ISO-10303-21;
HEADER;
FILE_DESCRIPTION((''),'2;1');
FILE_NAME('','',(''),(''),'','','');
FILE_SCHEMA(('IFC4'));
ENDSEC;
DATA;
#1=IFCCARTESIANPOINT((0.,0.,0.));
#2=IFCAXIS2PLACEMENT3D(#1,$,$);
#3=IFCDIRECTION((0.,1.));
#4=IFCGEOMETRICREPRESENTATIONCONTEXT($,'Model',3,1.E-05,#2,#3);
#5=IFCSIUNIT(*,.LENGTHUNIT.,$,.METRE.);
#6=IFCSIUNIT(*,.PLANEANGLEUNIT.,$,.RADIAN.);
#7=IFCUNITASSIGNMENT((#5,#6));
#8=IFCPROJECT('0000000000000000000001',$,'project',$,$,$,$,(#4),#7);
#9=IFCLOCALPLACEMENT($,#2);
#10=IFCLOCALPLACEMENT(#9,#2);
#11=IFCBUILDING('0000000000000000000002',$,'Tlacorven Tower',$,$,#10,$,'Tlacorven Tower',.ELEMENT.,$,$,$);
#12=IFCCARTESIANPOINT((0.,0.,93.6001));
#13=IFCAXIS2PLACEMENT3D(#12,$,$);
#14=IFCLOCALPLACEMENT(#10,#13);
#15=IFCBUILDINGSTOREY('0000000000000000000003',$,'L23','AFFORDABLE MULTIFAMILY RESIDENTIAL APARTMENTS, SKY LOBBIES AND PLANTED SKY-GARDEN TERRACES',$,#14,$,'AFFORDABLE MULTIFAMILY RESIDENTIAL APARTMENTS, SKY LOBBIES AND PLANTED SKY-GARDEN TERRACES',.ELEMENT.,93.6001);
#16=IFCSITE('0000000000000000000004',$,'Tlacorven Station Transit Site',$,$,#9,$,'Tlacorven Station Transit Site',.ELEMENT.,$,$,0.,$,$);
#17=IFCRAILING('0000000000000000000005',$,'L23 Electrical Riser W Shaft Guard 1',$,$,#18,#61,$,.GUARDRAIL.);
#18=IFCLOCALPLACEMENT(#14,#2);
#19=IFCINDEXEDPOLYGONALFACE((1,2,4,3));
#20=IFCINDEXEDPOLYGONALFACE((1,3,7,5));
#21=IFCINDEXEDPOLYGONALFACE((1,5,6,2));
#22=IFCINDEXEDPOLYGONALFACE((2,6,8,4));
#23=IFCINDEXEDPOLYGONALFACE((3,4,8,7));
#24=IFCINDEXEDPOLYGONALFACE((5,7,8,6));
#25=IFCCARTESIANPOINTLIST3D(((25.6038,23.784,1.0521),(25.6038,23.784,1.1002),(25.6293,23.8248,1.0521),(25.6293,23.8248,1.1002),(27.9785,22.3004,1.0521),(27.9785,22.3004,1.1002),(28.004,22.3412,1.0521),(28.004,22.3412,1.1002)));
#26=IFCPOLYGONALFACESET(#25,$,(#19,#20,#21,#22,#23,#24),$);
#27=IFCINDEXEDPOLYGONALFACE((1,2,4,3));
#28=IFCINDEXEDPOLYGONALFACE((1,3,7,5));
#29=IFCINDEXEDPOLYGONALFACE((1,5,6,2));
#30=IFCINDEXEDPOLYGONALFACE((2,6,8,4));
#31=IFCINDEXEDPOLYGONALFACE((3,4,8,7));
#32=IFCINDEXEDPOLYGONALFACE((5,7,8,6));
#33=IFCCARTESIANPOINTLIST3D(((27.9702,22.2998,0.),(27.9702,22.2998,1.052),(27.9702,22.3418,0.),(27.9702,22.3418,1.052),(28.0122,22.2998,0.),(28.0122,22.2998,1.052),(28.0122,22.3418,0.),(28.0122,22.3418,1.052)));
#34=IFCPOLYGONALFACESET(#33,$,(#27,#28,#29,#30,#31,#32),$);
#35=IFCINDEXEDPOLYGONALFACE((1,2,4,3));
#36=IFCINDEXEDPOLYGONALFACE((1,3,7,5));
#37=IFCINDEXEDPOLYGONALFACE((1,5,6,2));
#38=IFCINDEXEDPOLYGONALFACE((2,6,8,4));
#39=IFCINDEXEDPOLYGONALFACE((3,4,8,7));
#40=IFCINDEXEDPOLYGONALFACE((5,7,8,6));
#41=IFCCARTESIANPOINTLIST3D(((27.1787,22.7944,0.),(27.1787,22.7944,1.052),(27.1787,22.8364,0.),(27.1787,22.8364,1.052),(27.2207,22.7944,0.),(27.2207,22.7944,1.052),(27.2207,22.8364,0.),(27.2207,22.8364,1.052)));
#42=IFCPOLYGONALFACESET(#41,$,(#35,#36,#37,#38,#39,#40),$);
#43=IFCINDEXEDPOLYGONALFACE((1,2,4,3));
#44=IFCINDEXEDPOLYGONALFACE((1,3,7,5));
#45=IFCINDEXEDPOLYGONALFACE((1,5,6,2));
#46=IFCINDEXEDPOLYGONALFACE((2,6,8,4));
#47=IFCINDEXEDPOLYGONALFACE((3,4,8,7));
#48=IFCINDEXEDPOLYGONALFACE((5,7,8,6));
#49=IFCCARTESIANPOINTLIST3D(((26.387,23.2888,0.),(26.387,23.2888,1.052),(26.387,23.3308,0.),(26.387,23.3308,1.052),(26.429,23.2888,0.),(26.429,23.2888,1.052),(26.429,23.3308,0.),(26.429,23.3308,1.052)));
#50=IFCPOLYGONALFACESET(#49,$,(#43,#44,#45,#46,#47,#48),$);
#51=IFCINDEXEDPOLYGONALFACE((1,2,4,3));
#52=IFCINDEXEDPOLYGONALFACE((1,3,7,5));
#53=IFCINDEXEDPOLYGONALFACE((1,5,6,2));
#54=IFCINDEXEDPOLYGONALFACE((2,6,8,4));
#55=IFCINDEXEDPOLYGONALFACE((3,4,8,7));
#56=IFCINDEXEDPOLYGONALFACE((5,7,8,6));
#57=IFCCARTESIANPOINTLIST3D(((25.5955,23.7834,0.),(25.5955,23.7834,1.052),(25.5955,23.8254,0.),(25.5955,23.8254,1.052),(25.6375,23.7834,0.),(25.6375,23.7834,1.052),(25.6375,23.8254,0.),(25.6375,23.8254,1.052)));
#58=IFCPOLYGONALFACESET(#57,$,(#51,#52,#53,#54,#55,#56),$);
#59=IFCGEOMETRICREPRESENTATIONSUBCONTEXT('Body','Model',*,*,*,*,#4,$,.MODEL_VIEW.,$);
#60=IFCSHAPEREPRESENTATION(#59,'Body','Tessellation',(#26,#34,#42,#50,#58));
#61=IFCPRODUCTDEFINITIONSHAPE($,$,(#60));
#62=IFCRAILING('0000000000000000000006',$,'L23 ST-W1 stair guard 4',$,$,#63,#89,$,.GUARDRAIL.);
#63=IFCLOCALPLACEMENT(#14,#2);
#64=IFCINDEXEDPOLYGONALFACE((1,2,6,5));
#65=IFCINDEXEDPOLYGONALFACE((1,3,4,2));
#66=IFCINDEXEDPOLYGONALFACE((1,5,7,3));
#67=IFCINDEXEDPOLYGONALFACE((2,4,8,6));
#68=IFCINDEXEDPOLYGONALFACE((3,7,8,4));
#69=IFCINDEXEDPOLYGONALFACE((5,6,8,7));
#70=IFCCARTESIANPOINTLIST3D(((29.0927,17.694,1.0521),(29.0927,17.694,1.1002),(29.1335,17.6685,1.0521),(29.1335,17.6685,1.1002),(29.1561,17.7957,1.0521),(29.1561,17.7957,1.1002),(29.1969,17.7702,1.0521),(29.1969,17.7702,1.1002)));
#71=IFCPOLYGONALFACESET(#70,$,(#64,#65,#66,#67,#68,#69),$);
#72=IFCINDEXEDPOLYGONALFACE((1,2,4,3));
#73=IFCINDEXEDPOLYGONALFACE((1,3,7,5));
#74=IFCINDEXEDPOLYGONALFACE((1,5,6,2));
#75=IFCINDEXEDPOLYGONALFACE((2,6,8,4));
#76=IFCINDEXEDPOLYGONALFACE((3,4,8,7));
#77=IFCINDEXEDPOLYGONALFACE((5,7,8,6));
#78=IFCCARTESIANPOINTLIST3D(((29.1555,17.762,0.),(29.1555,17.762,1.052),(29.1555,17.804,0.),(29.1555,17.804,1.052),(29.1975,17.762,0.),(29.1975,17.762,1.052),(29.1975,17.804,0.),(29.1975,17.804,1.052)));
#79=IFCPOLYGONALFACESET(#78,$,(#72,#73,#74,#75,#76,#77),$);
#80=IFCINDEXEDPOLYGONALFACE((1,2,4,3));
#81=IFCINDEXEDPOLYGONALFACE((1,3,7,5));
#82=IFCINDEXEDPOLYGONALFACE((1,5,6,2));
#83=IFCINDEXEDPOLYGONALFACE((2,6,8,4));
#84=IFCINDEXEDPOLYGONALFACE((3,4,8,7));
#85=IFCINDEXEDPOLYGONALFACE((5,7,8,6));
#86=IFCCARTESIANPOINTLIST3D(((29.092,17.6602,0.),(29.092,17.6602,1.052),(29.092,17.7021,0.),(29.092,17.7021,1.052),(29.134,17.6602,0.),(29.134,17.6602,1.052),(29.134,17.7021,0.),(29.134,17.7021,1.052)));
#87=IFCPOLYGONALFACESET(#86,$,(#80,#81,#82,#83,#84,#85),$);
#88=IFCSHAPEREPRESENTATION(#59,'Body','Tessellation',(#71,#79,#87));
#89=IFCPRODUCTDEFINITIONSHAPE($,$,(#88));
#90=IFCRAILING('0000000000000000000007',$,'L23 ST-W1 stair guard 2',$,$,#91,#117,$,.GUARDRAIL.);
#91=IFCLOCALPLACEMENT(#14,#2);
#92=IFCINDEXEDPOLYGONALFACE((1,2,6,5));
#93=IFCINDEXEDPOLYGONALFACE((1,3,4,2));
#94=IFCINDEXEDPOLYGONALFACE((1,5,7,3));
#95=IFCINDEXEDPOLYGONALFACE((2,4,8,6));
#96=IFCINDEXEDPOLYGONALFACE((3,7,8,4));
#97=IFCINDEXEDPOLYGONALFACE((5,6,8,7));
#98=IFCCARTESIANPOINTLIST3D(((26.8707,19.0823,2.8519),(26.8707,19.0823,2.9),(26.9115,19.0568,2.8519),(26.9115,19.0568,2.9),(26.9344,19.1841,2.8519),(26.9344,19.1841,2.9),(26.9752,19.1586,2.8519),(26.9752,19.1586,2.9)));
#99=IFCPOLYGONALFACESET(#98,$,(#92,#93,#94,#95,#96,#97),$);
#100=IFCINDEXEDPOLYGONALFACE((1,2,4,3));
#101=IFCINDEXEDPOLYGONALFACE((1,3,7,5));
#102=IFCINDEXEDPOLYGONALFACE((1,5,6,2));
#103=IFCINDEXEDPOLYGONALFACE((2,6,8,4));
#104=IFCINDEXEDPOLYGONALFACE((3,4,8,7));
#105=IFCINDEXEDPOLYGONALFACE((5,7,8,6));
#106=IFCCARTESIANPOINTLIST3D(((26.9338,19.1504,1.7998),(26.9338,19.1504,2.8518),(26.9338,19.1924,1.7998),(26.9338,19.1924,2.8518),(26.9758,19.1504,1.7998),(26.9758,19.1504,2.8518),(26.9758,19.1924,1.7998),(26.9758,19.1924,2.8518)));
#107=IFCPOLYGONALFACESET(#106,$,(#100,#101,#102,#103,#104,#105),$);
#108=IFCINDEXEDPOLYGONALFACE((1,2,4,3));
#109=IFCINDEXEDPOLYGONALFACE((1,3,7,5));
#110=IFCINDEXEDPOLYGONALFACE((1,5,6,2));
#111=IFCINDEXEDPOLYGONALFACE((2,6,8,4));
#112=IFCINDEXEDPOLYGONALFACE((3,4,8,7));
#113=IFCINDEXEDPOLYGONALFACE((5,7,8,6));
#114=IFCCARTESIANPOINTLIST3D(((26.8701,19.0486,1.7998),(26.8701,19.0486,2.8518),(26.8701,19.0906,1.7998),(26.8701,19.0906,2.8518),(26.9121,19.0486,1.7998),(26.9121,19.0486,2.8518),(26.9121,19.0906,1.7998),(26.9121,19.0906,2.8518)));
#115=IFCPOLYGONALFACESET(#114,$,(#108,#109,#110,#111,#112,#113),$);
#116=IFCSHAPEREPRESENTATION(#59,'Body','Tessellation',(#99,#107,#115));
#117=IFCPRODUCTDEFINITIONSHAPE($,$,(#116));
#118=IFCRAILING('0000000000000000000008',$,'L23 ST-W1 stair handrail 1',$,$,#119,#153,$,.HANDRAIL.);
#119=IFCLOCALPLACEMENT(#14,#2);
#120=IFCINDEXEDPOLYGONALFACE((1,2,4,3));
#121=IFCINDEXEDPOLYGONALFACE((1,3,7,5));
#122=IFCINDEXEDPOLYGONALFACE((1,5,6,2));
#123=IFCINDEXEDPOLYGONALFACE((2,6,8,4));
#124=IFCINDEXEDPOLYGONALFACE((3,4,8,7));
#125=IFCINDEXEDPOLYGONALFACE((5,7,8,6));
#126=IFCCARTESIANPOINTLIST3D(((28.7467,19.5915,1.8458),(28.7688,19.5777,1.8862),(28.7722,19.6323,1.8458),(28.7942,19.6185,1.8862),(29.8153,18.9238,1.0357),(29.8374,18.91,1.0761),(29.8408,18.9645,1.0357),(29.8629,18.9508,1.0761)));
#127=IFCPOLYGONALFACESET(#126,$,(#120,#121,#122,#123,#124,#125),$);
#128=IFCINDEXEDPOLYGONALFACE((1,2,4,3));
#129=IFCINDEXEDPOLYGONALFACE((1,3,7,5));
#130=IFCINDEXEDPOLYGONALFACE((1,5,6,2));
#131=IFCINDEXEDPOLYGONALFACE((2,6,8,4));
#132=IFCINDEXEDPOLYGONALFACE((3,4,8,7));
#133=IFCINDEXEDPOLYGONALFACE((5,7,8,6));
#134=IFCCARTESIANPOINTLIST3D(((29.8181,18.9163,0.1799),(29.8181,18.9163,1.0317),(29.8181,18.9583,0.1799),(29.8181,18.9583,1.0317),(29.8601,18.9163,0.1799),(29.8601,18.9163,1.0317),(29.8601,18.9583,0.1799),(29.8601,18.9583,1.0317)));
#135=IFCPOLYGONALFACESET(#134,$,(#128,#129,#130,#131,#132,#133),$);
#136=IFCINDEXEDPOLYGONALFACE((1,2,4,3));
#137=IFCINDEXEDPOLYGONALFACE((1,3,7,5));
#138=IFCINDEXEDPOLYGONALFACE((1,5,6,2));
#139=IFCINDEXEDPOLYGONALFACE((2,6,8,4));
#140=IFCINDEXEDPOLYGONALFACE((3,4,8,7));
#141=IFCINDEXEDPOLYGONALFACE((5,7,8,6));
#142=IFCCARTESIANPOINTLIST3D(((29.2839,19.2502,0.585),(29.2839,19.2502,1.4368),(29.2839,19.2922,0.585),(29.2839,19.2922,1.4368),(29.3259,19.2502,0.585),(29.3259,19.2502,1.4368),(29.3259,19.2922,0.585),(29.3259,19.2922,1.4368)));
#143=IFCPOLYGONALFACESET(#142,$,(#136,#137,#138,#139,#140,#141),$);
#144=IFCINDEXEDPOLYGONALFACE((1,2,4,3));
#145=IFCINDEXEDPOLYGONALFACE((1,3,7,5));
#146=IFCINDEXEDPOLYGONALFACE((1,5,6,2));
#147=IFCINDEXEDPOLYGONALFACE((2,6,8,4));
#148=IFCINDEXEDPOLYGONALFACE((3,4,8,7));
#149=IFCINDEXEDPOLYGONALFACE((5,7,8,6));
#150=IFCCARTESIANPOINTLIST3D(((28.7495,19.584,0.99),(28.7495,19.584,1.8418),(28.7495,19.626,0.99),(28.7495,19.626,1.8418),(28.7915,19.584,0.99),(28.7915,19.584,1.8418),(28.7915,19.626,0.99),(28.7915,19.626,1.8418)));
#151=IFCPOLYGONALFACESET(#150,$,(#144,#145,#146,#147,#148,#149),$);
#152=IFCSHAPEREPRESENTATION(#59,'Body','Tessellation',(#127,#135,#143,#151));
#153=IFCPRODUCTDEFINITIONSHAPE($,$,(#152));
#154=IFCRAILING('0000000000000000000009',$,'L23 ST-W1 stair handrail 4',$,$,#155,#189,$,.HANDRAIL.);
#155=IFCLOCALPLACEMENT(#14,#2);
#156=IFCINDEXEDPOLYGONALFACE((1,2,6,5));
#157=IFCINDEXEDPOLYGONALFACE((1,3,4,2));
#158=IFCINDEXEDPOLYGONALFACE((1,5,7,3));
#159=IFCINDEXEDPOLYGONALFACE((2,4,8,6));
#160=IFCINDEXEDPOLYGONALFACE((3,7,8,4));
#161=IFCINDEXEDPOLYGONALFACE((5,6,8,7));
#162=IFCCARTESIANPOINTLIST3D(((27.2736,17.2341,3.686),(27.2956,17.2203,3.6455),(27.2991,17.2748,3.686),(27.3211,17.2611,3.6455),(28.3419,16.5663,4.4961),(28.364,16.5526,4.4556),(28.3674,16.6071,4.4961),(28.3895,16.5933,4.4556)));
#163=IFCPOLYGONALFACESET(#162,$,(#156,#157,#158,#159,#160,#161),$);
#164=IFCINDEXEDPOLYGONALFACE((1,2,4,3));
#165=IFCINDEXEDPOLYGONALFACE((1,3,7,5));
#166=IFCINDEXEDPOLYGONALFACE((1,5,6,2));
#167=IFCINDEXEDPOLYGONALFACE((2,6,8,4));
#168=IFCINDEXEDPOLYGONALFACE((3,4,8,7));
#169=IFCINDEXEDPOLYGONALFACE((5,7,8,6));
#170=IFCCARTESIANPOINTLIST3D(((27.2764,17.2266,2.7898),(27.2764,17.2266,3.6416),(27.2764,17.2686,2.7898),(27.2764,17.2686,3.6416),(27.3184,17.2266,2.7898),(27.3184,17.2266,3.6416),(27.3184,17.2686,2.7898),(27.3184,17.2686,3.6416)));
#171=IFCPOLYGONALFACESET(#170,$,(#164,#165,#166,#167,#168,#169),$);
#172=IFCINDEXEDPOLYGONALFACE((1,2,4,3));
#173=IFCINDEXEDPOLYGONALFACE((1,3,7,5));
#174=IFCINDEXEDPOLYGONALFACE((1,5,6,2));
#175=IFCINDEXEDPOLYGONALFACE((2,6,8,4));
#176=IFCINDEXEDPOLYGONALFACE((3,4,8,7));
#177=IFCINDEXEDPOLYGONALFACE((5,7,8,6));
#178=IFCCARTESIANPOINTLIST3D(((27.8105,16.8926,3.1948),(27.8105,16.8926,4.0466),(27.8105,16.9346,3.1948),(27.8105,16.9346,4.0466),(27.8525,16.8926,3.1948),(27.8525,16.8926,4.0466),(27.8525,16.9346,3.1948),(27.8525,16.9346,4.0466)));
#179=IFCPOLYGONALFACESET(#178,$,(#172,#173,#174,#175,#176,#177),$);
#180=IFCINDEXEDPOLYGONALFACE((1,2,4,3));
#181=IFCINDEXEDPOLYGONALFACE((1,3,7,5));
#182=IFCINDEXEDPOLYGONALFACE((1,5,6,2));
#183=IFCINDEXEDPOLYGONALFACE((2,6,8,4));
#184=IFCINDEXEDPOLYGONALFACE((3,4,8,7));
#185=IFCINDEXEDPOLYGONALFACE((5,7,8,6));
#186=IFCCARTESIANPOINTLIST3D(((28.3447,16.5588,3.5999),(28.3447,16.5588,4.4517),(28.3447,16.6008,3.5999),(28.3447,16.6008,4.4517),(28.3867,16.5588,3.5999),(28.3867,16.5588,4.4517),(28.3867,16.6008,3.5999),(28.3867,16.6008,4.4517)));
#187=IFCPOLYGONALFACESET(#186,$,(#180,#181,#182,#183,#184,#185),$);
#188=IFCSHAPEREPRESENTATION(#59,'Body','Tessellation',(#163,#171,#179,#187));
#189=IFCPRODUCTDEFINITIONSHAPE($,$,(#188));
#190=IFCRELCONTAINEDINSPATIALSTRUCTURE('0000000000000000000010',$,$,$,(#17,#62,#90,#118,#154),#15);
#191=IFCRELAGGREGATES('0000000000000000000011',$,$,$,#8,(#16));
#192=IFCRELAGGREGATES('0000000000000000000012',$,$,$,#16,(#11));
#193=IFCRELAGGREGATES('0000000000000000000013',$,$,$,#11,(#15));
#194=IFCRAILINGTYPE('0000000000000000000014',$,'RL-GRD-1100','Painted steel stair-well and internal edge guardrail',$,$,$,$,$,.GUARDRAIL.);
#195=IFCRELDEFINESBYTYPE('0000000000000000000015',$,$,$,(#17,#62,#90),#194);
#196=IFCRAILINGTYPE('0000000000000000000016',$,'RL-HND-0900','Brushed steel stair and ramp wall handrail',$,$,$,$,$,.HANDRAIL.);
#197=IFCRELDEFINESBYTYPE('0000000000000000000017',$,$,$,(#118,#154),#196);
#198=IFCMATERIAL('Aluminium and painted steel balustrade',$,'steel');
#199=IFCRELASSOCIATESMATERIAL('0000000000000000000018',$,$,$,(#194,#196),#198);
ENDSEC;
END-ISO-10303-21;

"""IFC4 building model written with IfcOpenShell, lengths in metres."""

from ifc_helpers import new_model, si_unit, direction, frame, origin, origin_2d, place, context, subcontext, project, spatial, rectangle, extrude, source, transform, mapped, material, type_object, element, save


model = new_model("IFC4")

# Units and contexts
model_context = context("Model", 3, precision=1e-05, world=origin(), true_north=direction((0.0, 1.0)))
body_context = subcontext(model_context, "Body", "Model", "MODEL_VIEW")
ifc_project = project(units=[si_unit("LENGTHUNIT", "METRE"), si_unit("PLANEANGLEUNIT", "RADIAN")], contexts=[model_context])

# Site, building, storey
site_placement = place(None, origin())
site = spatial("IfcSite", under=ifc_project, at=site_placement, Name="Tlacorven Station Transit Site", LongName="Tlacorven Station Transit Site", CompositionType="ELEMENT", RefElevation=0.0)
building_placement = place(site_placement, origin())
building = spatial("IfcBuilding", under=site, at=building_placement, Name="Tlacorven Tower", LongName="Tlacorven Tower", CompositionType="ELEMENT")
storey_placement = place(building_placement, frame((0.0, 0.0, 93.6001)))
storey = spatial("IfcBuildingStorey", under=building, at=storey_placement, Name="L23", Description="AFFORDABLE MULTIFAMILY RESIDENTIAL APARTMENTS, SKY LOBBIES AND PLANTED SKY-GARDEN TERRACES", LongName="AFFORDABLE MULTIFAMILY RESIDENTIAL APARTMENTS, SKY LOBBIES AND PLANTED SKY-GARDEN TERRACES", CompositionType="ELEMENT", Elevation=93.6001)

# Railings
ifc_material_1 = material(Name="Aluminium and painted steel balustrade", Category="steel")
railing_type_1 = type_object("IfcRailingType", Name="RL-GRD-1100", Description="Painted steel stair-well and internal edge guardrail", PredefinedType="GUARDRAIL", material=ifc_material_1)
shared_shape_1 = source(origin(), body_context, "Body", "SweptSolid", [
    extrude(rectangle(XDim=0.0481, YDim=0.0481, at=origin_2d()), frame((0.0, 0.0, 1.0762), z_axis=(-0.848091, 0.52985, 0.0), x_axis=(-0.52985, -0.848091, 0.0)), (0.0, 0.0, 1.0), 2.8),
    extrude(rectangle(XDim=0.042, YDim=0.042, at=origin_2d()), origin(), (0.0, 0.0, 1.0), 1.052),
    extrude(rectangle(XDim=0.042, YDim=0.042, at=origin_2d()), frame((-0.7915, 0.4946, 0.0)), (0.0, 0.0, 1.0), 1.052),
    extrude(rectangle(XDim=0.042, YDim=0.042, at=origin_2d()), frame((-1.5833, 0.989, 0.0)), (0.0, 0.0, 1.0), 1.052),
    extrude(rectangle(XDim=0.042, YDim=0.042, at=origin_2d()), frame((-2.3748, 1.4836, 0.0)), (0.0, 0.0, 1.0), 1.052),
])
railing_1_placement = place(storey_placement, frame((27.9912, 22.3208, 0.0)))
element("IfcRailing", 1, at=railing_1_placement, inside=storey, type_object=railing_type_1, Name="L23 Electrical Riser W Shaft Guard 1", PredefinedType="GUARDRAIL", context=body_context, shape_type="MappedRepresentation", body=[
    mapped(shared_shape_1, transform((0.0, 0.0, 0.0), scale=1.0)),
])
shared_shape_2 = source(origin(), body_context, "Body", "SweptSolid", [
    extrude(rectangle(XDim=0.0481, YDim=0.0481, at=origin_2d()), frame((0.0, 0.0, 1.0762), z_axis=(-0.529084, -0.848569, 0.0), x_axis=(0.848569, -0.529084, 0.0)), (0.0, 0.0, 1.0), 0.1199),
    extrude(rectangle(XDim=0.042, YDim=0.042, at=origin_2d()), origin(), (0.0, 0.0, 1.0), 1.052),
    extrude(rectangle(XDim=0.042, YDim=0.042, at=origin_2d()), frame((-0.0635, -0.1018, 0.0)), (0.0, 0.0, 1.0), 1.052),
])
railing_2_placement = place(storey_placement, frame((29.1765, 17.783, 0.0)))
element("IfcRailing", 2, at=railing_2_placement, inside=storey, type_object=railing_type_1, Name="L23 ST-W1 stair guard 4", PredefinedType="GUARDRAIL", context=body_context, shape_type="MappedRepresentation", body=[
    mapped(shared_shape_2, transform((0.0, 0.0, 0.0), scale=1.0)),
])
shared_shape_3 = source(origin(), body_context, "Body", "SweptSolid", [
    extrude(rectangle(XDim=0.0481, YDim=0.0481, at=origin_2d()), frame((0.0, 0.0, 1.0762), z_axis=(-0.530547, -0.847656, 0.0), x_axis=(0.847656, -0.530547, 0.0)), (0.0, 0.0, 1.0), 0.1201),
    extrude(rectangle(XDim=0.042, YDim=0.042, at=origin_2d()), origin(), (0.0, 0.0, 1.0), 1.052),
    extrude(rectangle(XDim=0.042, YDim=0.042, at=origin_2d()), frame((-0.0637, -0.1018, 0.0)), (0.0, 0.0, 1.0), 1.052),
])
railing_3_placement = place(storey_placement, frame((26.9548, 19.1714, 1.7998)))
element("IfcRailing", 3, at=railing_3_placement, inside=storey, type_object=railing_type_1, Name="L23 ST-W1 stair guard 2", PredefinedType="GUARDRAIL", context=body_context, shape_type="MappedRepresentation", body=[
    mapped(shared_shape_3, transform((0.0, 0.0, 0.0), scale=1.0)),
])
railing_type_2 = type_object("IfcRailingType", Name="RL-HND-0900", Description="Brushed steel stair and ramp wall handrail", PredefinedType="HANDRAIL", material=ifc_material_1)
shared_shape_4 = source(origin(), body_context, "Body", "SweptSolid", [
    extrude(rectangle(XDim=0.0481, YDim=0.0481, at=origin_2d()), frame((0.0, 0.0, 0.876), z_axis=(-0.71336, 0.445748, 0.540765), x_axis=(-0.529912, -0.848053, 0.0)), (0.0, 0.0, 1.0), 1.498),
    extrude(rectangle(XDim=0.042, YDim=0.042, at=origin_2d()), origin(), (0.0, 0.0, 1.0), 0.8518),
    extrude(rectangle(XDim=0.042, YDim=0.042, at=origin_2d()), frame((-0.5342, 0.334, 0.405)), (0.0, 0.0, 1.0), 0.8518),
    extrude(rectangle(XDim=0.042, YDim=0.042, at=origin_2d()), frame((-1.0686, 0.6677, 0.8101)), (0.0, 0.0, 1.0), 0.8518),
])
railing_4_placement = place(storey_placement, frame((29.8391, 18.9373, 0.1799)))
element("IfcRailing", 4, at=railing_4_placement, inside=storey, type_object=railing_type_2, Name="L23 ST-W1 stair handrail 1", PredefinedType="HANDRAIL", context=body_context, shape_type="MappedRepresentation", body=[
    mapped(shared_shape_4, transform((0.0, 0.0, 0.0), scale=1.0)),
])
shared_shape_5 = source(origin(), body_context, "Body", "SweptSolid", [
    extrude(rectangle(XDim=0.0481, YDim=0.0481, at=origin_2d()), frame((0.0, 0.0, 0.876), z_axis=(0.71328, -0.4458, 0.540828), x_axis=(0.529999, 0.847998, 0.0)), (0.0, 0.0, 1.0), 1.4978),
    extrude(rectangle(XDim=0.042, YDim=0.042, at=origin_2d()), origin(), (0.0, 0.0, 1.0), 0.8518),
    extrude(rectangle(XDim=0.042, YDim=0.042, at=origin_2d()), frame((0.5342, -0.334, 0.405)), (0.0, 0.0, 1.0), 0.8518),
    extrude(rectangle(XDim=0.042, YDim=0.042, at=origin_2d()), frame((1.0684, -0.6677, 0.8101)), (0.0, 0.0, 1.0), 0.8518),
])
railing_5_placement = place(storey_placement, frame((27.2974, 17.2476, 2.7898)))
element("IfcRailing", 5, at=railing_5_placement, inside=storey, type_object=railing_type_2, Name="L23 ST-W1 stair handrail 4", PredefinedType="HANDRAIL", context=body_context, shape_type="MappedRepresentation", body=[
    mapped(shared_shape_5, transform((0.0, 0.0, 0.0), scale=1.0)),
])

save(model, "model.ifc")
